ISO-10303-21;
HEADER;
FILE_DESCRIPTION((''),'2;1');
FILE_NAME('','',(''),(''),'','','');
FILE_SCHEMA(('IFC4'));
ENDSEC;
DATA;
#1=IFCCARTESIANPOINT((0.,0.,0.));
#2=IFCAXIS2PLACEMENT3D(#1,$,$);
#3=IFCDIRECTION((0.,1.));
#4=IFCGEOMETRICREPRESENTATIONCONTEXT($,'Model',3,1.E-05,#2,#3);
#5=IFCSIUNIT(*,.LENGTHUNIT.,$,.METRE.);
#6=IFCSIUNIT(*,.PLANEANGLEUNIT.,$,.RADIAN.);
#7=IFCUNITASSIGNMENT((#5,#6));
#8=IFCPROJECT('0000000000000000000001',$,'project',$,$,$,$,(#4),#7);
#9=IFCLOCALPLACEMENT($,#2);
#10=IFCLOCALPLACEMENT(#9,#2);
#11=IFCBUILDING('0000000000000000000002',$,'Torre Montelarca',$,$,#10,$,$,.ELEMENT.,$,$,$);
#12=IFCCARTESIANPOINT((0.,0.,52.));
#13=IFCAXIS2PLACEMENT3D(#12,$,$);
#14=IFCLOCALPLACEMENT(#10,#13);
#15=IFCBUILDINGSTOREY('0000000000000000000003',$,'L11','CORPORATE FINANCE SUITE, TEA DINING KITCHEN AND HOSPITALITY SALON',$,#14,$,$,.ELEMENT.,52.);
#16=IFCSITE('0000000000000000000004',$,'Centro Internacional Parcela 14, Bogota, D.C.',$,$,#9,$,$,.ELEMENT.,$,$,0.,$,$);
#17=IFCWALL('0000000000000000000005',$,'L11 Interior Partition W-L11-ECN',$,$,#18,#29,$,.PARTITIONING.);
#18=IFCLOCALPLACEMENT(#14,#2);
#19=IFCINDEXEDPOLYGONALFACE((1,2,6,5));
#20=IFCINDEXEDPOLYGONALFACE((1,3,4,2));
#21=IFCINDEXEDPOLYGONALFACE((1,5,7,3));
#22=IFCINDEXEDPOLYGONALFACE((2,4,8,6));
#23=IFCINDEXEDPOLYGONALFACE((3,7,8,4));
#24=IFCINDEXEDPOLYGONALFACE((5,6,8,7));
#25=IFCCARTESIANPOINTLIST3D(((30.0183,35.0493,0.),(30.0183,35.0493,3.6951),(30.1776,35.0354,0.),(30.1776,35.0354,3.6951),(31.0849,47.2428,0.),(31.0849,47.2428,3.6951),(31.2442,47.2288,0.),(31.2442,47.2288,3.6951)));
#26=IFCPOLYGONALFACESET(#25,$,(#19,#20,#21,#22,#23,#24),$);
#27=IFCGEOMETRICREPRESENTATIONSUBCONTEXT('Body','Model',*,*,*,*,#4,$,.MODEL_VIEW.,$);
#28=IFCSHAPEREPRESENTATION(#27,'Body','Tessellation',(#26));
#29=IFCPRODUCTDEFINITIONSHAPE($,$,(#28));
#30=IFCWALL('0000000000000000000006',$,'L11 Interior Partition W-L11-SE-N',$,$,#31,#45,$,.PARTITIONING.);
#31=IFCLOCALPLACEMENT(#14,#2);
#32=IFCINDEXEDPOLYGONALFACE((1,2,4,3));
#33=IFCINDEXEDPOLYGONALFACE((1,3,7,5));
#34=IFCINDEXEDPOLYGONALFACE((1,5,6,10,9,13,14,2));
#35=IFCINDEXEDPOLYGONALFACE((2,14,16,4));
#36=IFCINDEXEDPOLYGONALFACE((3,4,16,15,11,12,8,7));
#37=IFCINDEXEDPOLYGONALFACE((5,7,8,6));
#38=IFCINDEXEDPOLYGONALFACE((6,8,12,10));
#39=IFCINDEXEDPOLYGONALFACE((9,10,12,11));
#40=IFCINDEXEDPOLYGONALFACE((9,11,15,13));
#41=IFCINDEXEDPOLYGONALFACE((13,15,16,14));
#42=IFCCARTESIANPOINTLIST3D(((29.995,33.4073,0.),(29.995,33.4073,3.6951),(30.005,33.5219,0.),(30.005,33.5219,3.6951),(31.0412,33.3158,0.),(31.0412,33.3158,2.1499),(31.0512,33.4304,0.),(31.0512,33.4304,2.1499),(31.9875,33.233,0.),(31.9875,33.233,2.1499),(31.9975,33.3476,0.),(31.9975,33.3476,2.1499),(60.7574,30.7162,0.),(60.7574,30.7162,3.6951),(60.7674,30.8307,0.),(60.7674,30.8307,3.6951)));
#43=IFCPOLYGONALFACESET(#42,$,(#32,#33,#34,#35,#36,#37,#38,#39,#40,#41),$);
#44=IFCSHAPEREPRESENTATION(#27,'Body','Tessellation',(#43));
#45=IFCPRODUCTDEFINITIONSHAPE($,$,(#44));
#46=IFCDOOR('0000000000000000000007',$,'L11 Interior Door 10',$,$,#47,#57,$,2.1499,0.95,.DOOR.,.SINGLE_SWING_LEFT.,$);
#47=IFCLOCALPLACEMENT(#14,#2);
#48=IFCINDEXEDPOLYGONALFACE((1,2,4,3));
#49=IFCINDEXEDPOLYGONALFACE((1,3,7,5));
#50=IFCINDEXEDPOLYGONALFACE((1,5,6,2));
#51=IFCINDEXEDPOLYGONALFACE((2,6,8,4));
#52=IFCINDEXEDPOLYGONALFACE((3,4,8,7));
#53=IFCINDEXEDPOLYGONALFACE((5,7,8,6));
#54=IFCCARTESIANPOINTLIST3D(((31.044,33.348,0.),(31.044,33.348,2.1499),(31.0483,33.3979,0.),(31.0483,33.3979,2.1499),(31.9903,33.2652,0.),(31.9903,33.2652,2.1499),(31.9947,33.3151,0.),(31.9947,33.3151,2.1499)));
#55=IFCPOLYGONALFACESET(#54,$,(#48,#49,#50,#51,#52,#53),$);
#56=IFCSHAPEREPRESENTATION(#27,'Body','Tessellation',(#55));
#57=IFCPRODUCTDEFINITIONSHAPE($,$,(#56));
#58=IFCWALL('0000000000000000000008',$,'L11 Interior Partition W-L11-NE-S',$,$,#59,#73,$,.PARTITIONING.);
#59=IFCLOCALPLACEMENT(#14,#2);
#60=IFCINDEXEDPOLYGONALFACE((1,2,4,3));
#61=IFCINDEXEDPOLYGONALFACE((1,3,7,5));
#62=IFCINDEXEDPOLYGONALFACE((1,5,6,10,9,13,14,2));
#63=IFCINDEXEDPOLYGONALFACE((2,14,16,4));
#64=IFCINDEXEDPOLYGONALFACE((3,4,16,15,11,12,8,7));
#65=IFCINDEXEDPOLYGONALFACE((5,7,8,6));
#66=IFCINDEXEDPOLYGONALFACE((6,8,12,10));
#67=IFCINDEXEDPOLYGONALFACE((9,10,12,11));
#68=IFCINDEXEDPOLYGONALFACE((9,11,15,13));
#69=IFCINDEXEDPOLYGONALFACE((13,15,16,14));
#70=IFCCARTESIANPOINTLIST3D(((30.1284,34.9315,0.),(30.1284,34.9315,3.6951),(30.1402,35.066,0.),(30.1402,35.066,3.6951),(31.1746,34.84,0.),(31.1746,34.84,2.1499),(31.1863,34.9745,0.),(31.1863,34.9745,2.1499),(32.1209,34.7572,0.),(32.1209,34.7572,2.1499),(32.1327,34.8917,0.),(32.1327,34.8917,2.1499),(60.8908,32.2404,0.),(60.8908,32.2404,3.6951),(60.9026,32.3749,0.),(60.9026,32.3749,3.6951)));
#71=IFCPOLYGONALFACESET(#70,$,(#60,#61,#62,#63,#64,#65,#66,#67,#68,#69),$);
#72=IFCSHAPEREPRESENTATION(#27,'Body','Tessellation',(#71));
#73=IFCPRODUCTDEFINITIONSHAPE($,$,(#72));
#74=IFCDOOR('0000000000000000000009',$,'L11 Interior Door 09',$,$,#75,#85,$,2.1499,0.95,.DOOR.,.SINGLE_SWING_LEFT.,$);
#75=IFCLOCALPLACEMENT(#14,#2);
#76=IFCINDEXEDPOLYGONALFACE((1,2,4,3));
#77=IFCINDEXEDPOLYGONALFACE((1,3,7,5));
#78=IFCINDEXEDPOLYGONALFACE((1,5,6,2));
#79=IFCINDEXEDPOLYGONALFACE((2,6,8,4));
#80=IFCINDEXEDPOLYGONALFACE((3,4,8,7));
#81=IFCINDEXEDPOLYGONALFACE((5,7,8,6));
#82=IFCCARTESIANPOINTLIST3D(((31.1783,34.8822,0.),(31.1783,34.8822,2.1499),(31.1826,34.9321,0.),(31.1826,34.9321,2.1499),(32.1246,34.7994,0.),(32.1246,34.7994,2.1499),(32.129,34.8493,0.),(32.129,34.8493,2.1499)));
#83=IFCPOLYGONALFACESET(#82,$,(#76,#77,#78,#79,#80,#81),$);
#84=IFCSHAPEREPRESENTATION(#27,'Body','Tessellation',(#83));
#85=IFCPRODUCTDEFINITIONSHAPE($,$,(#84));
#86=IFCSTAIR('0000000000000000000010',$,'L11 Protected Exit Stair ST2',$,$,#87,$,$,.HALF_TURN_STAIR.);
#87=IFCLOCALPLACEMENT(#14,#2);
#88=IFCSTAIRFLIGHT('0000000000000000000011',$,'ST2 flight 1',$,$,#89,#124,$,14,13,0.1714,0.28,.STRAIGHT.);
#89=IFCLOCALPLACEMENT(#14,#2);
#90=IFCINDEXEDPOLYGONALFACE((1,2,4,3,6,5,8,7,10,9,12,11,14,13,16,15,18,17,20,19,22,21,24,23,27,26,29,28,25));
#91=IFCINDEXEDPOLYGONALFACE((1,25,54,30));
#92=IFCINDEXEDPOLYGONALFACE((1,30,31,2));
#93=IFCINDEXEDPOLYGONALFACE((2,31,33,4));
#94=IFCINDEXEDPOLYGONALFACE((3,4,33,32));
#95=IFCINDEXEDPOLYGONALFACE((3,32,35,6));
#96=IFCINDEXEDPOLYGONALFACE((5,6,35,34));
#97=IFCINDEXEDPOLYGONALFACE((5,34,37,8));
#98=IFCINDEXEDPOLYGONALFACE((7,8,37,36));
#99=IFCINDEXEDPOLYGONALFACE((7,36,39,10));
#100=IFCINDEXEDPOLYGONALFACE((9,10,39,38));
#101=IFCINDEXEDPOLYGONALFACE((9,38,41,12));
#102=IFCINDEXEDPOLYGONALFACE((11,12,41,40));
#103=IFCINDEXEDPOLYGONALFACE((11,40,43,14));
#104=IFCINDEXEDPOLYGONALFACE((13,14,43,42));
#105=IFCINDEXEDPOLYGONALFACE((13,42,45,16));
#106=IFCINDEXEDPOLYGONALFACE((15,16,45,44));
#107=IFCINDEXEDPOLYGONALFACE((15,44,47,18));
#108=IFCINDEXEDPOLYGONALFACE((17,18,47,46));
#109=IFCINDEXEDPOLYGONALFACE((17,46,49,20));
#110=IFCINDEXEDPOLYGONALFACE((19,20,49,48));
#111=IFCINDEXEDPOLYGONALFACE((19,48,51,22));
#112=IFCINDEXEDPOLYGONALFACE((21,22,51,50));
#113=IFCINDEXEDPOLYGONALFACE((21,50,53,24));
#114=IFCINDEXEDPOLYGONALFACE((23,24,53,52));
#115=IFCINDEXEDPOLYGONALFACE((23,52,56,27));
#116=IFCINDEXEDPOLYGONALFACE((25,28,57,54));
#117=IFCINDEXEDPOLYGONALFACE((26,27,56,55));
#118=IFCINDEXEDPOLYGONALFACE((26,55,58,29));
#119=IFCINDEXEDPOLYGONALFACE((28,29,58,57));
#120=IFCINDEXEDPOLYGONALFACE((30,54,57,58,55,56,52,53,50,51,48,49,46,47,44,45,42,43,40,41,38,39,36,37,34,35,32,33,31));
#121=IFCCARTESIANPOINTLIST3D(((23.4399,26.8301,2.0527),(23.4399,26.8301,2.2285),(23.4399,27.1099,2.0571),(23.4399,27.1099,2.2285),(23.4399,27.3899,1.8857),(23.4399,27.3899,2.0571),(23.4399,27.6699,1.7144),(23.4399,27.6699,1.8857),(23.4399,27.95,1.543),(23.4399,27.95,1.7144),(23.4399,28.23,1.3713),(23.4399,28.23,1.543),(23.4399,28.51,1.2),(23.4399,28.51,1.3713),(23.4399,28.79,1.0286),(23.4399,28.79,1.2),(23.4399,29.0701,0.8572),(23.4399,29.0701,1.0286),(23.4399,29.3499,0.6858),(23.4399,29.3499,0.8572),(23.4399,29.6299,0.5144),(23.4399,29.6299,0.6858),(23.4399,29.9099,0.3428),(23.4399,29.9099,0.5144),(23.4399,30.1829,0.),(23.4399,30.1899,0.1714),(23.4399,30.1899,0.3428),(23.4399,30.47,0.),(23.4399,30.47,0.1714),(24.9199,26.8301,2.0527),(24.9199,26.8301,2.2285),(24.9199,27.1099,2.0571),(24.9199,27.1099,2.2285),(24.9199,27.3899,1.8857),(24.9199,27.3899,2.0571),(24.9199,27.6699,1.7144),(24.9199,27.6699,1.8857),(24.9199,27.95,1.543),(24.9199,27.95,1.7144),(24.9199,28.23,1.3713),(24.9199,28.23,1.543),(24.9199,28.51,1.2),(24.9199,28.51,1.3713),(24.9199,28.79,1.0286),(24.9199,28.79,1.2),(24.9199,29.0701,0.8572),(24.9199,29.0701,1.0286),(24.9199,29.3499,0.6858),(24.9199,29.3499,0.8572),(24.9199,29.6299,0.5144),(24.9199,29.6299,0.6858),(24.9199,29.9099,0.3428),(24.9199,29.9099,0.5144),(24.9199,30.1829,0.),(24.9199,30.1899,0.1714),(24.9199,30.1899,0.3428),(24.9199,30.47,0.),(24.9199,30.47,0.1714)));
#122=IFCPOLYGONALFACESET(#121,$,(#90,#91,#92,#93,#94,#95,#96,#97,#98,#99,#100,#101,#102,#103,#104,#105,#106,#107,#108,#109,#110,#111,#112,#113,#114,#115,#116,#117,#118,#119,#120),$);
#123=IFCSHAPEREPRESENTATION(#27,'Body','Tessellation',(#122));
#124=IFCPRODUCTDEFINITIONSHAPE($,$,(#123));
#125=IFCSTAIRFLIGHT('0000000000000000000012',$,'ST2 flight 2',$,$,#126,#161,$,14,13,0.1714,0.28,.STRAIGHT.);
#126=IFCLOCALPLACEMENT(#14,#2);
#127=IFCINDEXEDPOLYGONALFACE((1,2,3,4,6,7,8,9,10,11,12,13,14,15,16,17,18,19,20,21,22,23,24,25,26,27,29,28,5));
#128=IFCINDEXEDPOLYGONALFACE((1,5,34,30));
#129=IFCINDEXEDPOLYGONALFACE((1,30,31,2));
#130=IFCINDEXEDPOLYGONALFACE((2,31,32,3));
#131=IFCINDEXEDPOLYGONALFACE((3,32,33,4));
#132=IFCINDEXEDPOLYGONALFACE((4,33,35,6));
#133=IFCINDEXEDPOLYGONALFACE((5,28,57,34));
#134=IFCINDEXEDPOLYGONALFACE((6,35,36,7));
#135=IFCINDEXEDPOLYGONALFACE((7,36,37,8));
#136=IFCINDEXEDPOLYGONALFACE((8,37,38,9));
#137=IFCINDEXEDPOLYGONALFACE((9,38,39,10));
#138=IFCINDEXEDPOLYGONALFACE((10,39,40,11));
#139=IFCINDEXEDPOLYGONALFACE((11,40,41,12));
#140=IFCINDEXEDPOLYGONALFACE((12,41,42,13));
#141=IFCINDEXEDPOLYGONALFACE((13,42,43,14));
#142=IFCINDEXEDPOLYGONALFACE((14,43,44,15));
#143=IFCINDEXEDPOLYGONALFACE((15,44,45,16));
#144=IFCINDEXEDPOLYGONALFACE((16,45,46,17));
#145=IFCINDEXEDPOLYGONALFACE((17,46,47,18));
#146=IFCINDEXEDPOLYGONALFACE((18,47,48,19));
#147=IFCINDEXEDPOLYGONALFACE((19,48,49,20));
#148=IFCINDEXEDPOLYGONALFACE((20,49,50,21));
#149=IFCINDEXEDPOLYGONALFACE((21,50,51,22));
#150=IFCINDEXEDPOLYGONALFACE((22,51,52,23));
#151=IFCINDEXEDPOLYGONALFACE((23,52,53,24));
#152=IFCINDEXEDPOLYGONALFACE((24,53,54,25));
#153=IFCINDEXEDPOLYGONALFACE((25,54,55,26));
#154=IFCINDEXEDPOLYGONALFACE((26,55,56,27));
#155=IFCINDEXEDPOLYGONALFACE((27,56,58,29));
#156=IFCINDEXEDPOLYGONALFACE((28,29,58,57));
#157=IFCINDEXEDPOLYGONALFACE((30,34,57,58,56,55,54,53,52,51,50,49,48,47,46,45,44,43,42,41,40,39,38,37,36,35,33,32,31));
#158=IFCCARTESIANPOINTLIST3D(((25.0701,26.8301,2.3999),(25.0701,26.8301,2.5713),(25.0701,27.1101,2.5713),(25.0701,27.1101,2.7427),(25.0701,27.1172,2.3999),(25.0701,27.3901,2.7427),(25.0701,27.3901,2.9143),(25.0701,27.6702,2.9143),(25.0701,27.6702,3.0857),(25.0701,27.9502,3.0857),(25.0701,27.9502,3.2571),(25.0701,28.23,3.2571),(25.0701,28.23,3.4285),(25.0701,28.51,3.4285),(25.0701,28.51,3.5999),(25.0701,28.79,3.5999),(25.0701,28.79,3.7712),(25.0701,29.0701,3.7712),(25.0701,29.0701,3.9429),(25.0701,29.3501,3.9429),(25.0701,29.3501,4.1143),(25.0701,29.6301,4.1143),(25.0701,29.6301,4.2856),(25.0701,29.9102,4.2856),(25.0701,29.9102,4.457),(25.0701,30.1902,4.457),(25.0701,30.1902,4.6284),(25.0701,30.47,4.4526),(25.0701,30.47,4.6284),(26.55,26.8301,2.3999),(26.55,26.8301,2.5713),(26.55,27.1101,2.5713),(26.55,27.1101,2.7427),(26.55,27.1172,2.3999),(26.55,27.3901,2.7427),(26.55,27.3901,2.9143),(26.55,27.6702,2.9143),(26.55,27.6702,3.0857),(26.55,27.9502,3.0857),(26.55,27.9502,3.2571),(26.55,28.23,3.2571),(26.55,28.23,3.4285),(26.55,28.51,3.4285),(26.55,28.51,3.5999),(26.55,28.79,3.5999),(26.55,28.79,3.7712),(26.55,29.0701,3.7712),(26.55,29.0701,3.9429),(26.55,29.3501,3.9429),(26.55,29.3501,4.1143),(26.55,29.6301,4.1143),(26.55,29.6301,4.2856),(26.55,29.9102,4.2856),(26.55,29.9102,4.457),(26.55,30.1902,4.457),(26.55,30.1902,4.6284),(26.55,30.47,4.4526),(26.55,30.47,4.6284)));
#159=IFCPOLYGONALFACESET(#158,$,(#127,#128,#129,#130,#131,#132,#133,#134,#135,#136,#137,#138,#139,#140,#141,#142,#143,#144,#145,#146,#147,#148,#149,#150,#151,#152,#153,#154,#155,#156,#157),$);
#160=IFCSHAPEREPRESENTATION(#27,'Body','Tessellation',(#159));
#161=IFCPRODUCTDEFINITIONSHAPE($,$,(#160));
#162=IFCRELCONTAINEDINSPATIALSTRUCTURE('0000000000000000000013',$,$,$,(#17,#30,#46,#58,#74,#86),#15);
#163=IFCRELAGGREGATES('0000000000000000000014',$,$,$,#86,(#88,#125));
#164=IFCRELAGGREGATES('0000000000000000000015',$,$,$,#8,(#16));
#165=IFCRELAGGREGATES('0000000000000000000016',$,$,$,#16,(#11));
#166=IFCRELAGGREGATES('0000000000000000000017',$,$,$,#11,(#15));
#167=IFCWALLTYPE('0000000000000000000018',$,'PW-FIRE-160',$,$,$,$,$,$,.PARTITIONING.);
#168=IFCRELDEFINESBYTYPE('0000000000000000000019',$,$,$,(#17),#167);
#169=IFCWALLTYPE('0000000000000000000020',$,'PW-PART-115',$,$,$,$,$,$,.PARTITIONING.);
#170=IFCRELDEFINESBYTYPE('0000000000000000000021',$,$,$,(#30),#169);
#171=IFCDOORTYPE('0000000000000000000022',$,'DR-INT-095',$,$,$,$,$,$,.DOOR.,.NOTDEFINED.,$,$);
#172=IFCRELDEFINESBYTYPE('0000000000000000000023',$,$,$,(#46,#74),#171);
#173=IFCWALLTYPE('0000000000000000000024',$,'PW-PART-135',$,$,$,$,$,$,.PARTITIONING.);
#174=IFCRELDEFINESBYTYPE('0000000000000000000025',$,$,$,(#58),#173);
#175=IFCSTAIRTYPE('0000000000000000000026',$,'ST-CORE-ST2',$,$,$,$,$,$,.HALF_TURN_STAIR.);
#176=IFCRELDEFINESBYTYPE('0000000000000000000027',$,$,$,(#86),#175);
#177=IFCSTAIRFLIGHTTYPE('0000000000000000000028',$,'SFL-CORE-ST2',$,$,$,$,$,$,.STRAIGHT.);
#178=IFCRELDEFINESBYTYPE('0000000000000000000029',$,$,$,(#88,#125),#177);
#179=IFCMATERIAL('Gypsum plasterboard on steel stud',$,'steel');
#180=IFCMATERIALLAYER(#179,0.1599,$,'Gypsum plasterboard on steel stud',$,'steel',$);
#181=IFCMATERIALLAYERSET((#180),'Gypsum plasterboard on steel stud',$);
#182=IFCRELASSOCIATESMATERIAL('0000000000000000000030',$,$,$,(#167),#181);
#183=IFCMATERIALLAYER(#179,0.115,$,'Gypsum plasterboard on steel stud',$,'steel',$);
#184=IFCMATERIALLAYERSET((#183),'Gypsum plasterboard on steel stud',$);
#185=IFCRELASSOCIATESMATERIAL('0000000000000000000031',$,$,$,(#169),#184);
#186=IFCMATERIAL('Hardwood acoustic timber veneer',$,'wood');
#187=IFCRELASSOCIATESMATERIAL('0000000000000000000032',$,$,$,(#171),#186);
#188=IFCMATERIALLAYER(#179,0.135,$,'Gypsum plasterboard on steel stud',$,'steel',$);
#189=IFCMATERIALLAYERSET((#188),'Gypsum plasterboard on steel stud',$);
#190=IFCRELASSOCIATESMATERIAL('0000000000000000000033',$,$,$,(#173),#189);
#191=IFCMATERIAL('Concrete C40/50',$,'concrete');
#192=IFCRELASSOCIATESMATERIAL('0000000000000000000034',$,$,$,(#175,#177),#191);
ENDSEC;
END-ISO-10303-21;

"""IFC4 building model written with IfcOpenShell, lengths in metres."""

from ifc_helpers import new_model, si_unit, direction, frame, frame_2d, origin, place, context, subcontext, project, spatial, polyline, rectangle, outline, extrude, source, transform, mapped, material, layer, layer_set, type_object, element, fill, aggregate, save


model = new_model("IFC4")

# Units and contexts
model_context = context("Model", 3, precision=1e-05, world=origin(), true_north=direction((0.0, 1.0)))
body_context = subcontext(model_context, "Body", "Model", "MODEL_VIEW")
ifc_project = project(units=[si_unit("LENGTHUNIT", "METRE"), si_unit("PLANEANGLEUNIT", "RADIAN")], contexts=[model_context])

# Site, building, storey
site_placement = place(None, origin())
site = spatial("IfcSite", under=ifc_project, at=site_placement, Name="Centro Internacional Parcela 14, Bogota, D.C.", CompositionType="ELEMENT", RefElevation=0.0)
building_placement = place(site_placement, origin())
building = spatial("IfcBuilding", under=site, at=building_placement, Name="Torre Montelarca", CompositionType="ELEMENT")
storey_placement = place(building_placement, frame((0.0, 0.0, 52.0)))
storey = spatial("IfcBuildingStorey", under=building, at=storey_placement, Name="L11", Description="CORPORATE FINANCE SUITE, TEA DINING KITCHEN AND HOSPITALITY SALON", CompositionType="ELEMENT", Elevation=52.0)

# Wall
ifc_material_1 = material(Name="Concrete C40/50", Category="concrete")
ifc_material_2 = material(Name="Gypsum plasterboard on steel stud", Category="steel")
ifc_layer_1 = layer(ifc_material_2, 0.1599, Name="Gypsum plasterboard on steel stud", Category="steel")
ifc_layer_set_1 = layer_set([ifc_layer_1], Name="Gypsum plasterboard on steel stud")
wall_type_1 = type_object("IfcWallType", Name="PW-FIRE-160", PredefinedType="PARTITIONING", material=ifc_layer_set_1)
wall_1_placement = place(storey_placement, frame((30.0979, 35.0422, 0.0), z_axis=(0.0, 0.0, 1.0), x_axis=(0.087145, 0.996196, 0.0)))
element("IfcWall", 1, at=wall_1_placement, inside=storey, type_object=wall_type_1, Name="L11 Interior Partition W-L11-ECN", PredefinedType="PARTITIONING", context=body_context, shape_type="SweptSolid", body=[
    extrude(rectangle(XDim=12.24, YDim=0.1599, at=frame_2d((6.1201, 0.0))), origin(), (0.0, 0.0, 1.0), 3.6951),
])

# Walls, openings, doors
ifc_layer_2 = layer(ifc_material_2, 0.115, Name="Gypsum plasterboard on steel stud", Category="steel")
ifc_layer_set_2 = layer_set([ifc_layer_2], Name="Gypsum plasterboard on steel stud")
wall_type_2 = type_object("IfcWallType", Name="PW-PART-115", PredefinedType="PARTITIONING", material=ifc_layer_set_2)
wall_2_placement = place(storey_placement, frame((30.0, 33.4646, 0.0), z_axis=(0.0, 0.0, 1.0), x_axis=(0.996195, -0.087149, 0.0)))
wall_2 = element("IfcWall", 2, at=wall_2_placement, inside=storey, type_object=wall_type_2, Name="L11 Interior Partition W-L11-SE-N", PredefinedType="PARTITIONING", context=body_context, shape_type="SweptSolid", body=[
    extrude(rectangle(XDim=30.8799, YDim=0.115, at=frame_2d((15.4399, 0.0))), origin(), (0.0, 0.0, 1.0), 3.6951),
])
opening_1_placement = place(wall_2_placement, frame((1.05, 0.0, 0.0)))
opening_1 = element("IfcOpeningElement", 3, at=opening_1_placement, cuts=wall_2, PredefinedType="OPENING", context=body_context, shape_type="SweptSolid", body=[
    extrude(rectangle(XDim=0.95, YDim=2.1499, at=frame_2d((0.4751, 1.075))), frame((0.0, 0.0674, 0.0), z_axis=(0.0, -1.0, 0.0), x_axis=(1.0, 0.0, 0.0)), (0.0, 0.0, 1.0), 0.135),
])
ifc_material_3 = material(Name="Hardwood acoustic timber veneer", Category="wood")
door_type = type_object("IfcDoorType", Name="DR-INT-095", OperationType="NOTDEFINED", PredefinedType="DOOR", material=ifc_material_3)
shared_shape_1 = source(origin(), body_context, "Body", "SweptSolid", [
    extrude(rectangle(XDim=0.95, YDim=2.1499, at=frame_2d((0.4751, 1.075))), frame((0.0, 0.0249, 0.0), z_axis=(0.0, -1.0, 0.0), x_axis=(1.0, 0.0, 0.0)), (0.0, 0.0, 1.0), 0.05),
])
door_1_placement = place(opening_1_placement, origin())
door_1 = element("IfcDoor", 4, at=door_1_placement, inside=storey, type_object=door_type, Name="L11 Interior Door 10", OperationType="SINGLE_SWING_LEFT", OverallHeight=2.1499, OverallWidth=0.95, PredefinedType="DOOR", context=body_context, shape_type="MappedRepresentation", body=[
    mapped(shared_shape_1, transform((0.0, 0.0, 0.0), scale=1.0)),
])
fill(opening_1, door_1)
ifc_layer_3 = layer(ifc_material_2, 0.135, Name="Gypsum plasterboard on steel stud", Category="steel")
ifc_layer_set_3 = layer_set([ifc_layer_3], Name="Gypsum plasterboard on steel stud")
wall_type_3 = type_object("IfcWallType", Name="PW-PART-135", PredefinedType="PARTITIONING", material=ifc_layer_set_3)
wall_3_placement = place(storey_placement, frame((30.1343, 34.9988, 0.0), z_axis=(0.0, 0.0, 1.0), x_axis=(0.996195, -0.087149, 0.0)))
wall_3 = element("IfcWall", 5, at=wall_3_placement, inside=storey, type_object=wall_type_3, Name="L11 Interior Partition W-L11-NE-S", PredefinedType="PARTITIONING", context=body_context, shape_type="SweptSolid", body=[
    extrude(rectangle(XDim=30.8799, YDim=0.135, at=frame_2d((15.4399, 0.0))), origin(), (0.0, 0.0, 1.0), 3.6951),
])
opening_2_placement = place(wall_3_placement, frame((1.05, 0.0, 0.0)))
opening_2 = element("IfcOpeningElement", 6, at=opening_2_placement, cuts=wall_3, PredefinedType="OPENING", context=body_context, shape_type="SweptSolid", body=[
    extrude(rectangle(XDim=0.95, YDim=2.1499, at=frame_2d((0.4751, 1.075))), frame((0.0, 0.0776, 0.0), z_axis=(0.0, -1.0, 0.0), x_axis=(1.0, 0.0, 0.0)), (0.0, 0.0, 1.0), 0.155),
])
door_2_placement = place(opening_2_placement, origin())
door_2 = element("IfcDoor", 7, at=door_2_placement, inside=storey, type_object=door_type, Name="L11 Interior Door 09", OperationType="SINGLE_SWING_LEFT", OverallHeight=2.1499, OverallWidth=0.95, PredefinedType="DOOR", context=body_context, shape_type="MappedRepresentation", body=[
    mapped(shared_shape_1, transform((0.0, 0.0, 0.0), scale=1.0)),
])
fill(opening_2, door_2)

# Stair, stair flights
stair_type = type_object("IfcStairType", Name="ST-CORE-ST2", PredefinedType="HALF_TURN_STAIR", material=ifc_material_1)
stair_placement = place(storey_placement, origin())
stair = element("IfcStair", 8, at=stair_placement, inside=storey, type_object=stair_type, Name="L11 Protected Exit Stair ST2", PredefinedType="HALF_TURN_STAIR")
stair_flight_type = type_object("IfcStairFlightType", Name="SFL-CORE-ST2", PredefinedType="STRAIGHT", material=ifc_material_1)
stair_flight_1_placement = place(storey_placement, frame((24.1799, 30.47, 0.0), z_axis=(0.0, 0.0, 1.0), x_axis=(0.0, -1.0, 0.0)))
stair_flight_1 = element("IfcStairFlight", 9, at=stair_flight_1_placement, type_object=stair_flight_type, Name="ST2 flight 1", NumberOfRisers=14, NumberOfTreads=13, PredefinedType="STRAIGHT", RiserHeight=0.1714, TreadLength=0.28, context=body_context, shape_type="SweptSolid", body=[
    extrude(outline(polyline([(0.0, 0.0), (0.0, 0.1714), (0.28, 0.1714), (0.28, 0.3428), (0.5601, 0.3428), (0.5601, 0.5144), (0.8401, 0.5144), (0.8401, 0.6858), (1.1201, 0.6858), (1.1201, 0.8572), (1.3999, 0.8572), (1.3999, 1.0286), (1.6799, 1.0286), (1.6799, 1.2), (1.96, 1.2), (1.96, 1.3713), (2.24, 1.3713), (2.24, 1.543), (2.52, 1.543), (2.52, 1.7144), (2.8, 1.7144), (2.8, 1.8857), (3.0801, 1.8857), (3.0801, 2.0571), (3.3601, 2.0571), (3.3601, 2.2285), (3.6399, 2.2285), (3.6399, 2.3999), (3.6399, 2.0527), (0.2871, 0.0), (0.0, 0.0)])), frame((0.0, 0.74, 0.0), z_axis=(0.0, -1.0, 0.0), x_axis=(1.0, 0.0, 0.0)), (0.0, 0.0, 1.0), 1.48),
])
stair_flight_2_placement = place(storey_placement, frame((25.8101, 26.8301, 2.3999), z_axis=(0.0, 0.0, 1.0), x_axis=(0.0, 1.0, 0.0)))
stair_flight_2 = element("IfcStairFlight", 10, at=stair_flight_2_placement, type_object=stair_flight_type, Name="ST2 flight 2", NumberOfRisers=14, NumberOfTreads=13, PredefinedType="STRAIGHT", RiserHeight=0.1714, TreadLength=0.28, context=body_context, shape_type="SweptSolid", body=[
    extrude(outline(polyline([(0.0, 0.0), (0.0, 0.1714), (0.28, 0.1714), (0.28, 0.3428), (0.5601, 0.3428), (0.5601, 0.5144), (0.8401, 0.5144), (0.8401, 0.6858), (1.1201, 0.6858), (1.1201, 0.8572), (1.3999, 0.8572), (1.3999, 1.0286), (1.6799, 1.0286), (1.6799, 1.2), (1.96, 1.2), (1.96, 1.3713), (2.24, 1.3713), (2.24, 1.543), (2.52, 1.543), (2.52, 1.7144), (2.8, 1.7144), (2.8, 1.8857), (3.0801, 1.8857), (3.0801, 2.0571), (3.3601, 2.0571), (3.3601, 2.2285), (3.6399, 2.2285), (3.6399, 2.3999), (3.6399, 2.0527), (0.2871, 0.0), (0.0, 0.0)])), frame((0.0, 0.74, 0.0), z_axis=(0.0, -1.0, 0.0), x_axis=(1.0, 0.0, 0.0)), (0.0, 0.0, 1.0), 1.48),
])
aggregate(stair, [stair_flight_1, stair_flight_2])

save(model, "model.ifc")
